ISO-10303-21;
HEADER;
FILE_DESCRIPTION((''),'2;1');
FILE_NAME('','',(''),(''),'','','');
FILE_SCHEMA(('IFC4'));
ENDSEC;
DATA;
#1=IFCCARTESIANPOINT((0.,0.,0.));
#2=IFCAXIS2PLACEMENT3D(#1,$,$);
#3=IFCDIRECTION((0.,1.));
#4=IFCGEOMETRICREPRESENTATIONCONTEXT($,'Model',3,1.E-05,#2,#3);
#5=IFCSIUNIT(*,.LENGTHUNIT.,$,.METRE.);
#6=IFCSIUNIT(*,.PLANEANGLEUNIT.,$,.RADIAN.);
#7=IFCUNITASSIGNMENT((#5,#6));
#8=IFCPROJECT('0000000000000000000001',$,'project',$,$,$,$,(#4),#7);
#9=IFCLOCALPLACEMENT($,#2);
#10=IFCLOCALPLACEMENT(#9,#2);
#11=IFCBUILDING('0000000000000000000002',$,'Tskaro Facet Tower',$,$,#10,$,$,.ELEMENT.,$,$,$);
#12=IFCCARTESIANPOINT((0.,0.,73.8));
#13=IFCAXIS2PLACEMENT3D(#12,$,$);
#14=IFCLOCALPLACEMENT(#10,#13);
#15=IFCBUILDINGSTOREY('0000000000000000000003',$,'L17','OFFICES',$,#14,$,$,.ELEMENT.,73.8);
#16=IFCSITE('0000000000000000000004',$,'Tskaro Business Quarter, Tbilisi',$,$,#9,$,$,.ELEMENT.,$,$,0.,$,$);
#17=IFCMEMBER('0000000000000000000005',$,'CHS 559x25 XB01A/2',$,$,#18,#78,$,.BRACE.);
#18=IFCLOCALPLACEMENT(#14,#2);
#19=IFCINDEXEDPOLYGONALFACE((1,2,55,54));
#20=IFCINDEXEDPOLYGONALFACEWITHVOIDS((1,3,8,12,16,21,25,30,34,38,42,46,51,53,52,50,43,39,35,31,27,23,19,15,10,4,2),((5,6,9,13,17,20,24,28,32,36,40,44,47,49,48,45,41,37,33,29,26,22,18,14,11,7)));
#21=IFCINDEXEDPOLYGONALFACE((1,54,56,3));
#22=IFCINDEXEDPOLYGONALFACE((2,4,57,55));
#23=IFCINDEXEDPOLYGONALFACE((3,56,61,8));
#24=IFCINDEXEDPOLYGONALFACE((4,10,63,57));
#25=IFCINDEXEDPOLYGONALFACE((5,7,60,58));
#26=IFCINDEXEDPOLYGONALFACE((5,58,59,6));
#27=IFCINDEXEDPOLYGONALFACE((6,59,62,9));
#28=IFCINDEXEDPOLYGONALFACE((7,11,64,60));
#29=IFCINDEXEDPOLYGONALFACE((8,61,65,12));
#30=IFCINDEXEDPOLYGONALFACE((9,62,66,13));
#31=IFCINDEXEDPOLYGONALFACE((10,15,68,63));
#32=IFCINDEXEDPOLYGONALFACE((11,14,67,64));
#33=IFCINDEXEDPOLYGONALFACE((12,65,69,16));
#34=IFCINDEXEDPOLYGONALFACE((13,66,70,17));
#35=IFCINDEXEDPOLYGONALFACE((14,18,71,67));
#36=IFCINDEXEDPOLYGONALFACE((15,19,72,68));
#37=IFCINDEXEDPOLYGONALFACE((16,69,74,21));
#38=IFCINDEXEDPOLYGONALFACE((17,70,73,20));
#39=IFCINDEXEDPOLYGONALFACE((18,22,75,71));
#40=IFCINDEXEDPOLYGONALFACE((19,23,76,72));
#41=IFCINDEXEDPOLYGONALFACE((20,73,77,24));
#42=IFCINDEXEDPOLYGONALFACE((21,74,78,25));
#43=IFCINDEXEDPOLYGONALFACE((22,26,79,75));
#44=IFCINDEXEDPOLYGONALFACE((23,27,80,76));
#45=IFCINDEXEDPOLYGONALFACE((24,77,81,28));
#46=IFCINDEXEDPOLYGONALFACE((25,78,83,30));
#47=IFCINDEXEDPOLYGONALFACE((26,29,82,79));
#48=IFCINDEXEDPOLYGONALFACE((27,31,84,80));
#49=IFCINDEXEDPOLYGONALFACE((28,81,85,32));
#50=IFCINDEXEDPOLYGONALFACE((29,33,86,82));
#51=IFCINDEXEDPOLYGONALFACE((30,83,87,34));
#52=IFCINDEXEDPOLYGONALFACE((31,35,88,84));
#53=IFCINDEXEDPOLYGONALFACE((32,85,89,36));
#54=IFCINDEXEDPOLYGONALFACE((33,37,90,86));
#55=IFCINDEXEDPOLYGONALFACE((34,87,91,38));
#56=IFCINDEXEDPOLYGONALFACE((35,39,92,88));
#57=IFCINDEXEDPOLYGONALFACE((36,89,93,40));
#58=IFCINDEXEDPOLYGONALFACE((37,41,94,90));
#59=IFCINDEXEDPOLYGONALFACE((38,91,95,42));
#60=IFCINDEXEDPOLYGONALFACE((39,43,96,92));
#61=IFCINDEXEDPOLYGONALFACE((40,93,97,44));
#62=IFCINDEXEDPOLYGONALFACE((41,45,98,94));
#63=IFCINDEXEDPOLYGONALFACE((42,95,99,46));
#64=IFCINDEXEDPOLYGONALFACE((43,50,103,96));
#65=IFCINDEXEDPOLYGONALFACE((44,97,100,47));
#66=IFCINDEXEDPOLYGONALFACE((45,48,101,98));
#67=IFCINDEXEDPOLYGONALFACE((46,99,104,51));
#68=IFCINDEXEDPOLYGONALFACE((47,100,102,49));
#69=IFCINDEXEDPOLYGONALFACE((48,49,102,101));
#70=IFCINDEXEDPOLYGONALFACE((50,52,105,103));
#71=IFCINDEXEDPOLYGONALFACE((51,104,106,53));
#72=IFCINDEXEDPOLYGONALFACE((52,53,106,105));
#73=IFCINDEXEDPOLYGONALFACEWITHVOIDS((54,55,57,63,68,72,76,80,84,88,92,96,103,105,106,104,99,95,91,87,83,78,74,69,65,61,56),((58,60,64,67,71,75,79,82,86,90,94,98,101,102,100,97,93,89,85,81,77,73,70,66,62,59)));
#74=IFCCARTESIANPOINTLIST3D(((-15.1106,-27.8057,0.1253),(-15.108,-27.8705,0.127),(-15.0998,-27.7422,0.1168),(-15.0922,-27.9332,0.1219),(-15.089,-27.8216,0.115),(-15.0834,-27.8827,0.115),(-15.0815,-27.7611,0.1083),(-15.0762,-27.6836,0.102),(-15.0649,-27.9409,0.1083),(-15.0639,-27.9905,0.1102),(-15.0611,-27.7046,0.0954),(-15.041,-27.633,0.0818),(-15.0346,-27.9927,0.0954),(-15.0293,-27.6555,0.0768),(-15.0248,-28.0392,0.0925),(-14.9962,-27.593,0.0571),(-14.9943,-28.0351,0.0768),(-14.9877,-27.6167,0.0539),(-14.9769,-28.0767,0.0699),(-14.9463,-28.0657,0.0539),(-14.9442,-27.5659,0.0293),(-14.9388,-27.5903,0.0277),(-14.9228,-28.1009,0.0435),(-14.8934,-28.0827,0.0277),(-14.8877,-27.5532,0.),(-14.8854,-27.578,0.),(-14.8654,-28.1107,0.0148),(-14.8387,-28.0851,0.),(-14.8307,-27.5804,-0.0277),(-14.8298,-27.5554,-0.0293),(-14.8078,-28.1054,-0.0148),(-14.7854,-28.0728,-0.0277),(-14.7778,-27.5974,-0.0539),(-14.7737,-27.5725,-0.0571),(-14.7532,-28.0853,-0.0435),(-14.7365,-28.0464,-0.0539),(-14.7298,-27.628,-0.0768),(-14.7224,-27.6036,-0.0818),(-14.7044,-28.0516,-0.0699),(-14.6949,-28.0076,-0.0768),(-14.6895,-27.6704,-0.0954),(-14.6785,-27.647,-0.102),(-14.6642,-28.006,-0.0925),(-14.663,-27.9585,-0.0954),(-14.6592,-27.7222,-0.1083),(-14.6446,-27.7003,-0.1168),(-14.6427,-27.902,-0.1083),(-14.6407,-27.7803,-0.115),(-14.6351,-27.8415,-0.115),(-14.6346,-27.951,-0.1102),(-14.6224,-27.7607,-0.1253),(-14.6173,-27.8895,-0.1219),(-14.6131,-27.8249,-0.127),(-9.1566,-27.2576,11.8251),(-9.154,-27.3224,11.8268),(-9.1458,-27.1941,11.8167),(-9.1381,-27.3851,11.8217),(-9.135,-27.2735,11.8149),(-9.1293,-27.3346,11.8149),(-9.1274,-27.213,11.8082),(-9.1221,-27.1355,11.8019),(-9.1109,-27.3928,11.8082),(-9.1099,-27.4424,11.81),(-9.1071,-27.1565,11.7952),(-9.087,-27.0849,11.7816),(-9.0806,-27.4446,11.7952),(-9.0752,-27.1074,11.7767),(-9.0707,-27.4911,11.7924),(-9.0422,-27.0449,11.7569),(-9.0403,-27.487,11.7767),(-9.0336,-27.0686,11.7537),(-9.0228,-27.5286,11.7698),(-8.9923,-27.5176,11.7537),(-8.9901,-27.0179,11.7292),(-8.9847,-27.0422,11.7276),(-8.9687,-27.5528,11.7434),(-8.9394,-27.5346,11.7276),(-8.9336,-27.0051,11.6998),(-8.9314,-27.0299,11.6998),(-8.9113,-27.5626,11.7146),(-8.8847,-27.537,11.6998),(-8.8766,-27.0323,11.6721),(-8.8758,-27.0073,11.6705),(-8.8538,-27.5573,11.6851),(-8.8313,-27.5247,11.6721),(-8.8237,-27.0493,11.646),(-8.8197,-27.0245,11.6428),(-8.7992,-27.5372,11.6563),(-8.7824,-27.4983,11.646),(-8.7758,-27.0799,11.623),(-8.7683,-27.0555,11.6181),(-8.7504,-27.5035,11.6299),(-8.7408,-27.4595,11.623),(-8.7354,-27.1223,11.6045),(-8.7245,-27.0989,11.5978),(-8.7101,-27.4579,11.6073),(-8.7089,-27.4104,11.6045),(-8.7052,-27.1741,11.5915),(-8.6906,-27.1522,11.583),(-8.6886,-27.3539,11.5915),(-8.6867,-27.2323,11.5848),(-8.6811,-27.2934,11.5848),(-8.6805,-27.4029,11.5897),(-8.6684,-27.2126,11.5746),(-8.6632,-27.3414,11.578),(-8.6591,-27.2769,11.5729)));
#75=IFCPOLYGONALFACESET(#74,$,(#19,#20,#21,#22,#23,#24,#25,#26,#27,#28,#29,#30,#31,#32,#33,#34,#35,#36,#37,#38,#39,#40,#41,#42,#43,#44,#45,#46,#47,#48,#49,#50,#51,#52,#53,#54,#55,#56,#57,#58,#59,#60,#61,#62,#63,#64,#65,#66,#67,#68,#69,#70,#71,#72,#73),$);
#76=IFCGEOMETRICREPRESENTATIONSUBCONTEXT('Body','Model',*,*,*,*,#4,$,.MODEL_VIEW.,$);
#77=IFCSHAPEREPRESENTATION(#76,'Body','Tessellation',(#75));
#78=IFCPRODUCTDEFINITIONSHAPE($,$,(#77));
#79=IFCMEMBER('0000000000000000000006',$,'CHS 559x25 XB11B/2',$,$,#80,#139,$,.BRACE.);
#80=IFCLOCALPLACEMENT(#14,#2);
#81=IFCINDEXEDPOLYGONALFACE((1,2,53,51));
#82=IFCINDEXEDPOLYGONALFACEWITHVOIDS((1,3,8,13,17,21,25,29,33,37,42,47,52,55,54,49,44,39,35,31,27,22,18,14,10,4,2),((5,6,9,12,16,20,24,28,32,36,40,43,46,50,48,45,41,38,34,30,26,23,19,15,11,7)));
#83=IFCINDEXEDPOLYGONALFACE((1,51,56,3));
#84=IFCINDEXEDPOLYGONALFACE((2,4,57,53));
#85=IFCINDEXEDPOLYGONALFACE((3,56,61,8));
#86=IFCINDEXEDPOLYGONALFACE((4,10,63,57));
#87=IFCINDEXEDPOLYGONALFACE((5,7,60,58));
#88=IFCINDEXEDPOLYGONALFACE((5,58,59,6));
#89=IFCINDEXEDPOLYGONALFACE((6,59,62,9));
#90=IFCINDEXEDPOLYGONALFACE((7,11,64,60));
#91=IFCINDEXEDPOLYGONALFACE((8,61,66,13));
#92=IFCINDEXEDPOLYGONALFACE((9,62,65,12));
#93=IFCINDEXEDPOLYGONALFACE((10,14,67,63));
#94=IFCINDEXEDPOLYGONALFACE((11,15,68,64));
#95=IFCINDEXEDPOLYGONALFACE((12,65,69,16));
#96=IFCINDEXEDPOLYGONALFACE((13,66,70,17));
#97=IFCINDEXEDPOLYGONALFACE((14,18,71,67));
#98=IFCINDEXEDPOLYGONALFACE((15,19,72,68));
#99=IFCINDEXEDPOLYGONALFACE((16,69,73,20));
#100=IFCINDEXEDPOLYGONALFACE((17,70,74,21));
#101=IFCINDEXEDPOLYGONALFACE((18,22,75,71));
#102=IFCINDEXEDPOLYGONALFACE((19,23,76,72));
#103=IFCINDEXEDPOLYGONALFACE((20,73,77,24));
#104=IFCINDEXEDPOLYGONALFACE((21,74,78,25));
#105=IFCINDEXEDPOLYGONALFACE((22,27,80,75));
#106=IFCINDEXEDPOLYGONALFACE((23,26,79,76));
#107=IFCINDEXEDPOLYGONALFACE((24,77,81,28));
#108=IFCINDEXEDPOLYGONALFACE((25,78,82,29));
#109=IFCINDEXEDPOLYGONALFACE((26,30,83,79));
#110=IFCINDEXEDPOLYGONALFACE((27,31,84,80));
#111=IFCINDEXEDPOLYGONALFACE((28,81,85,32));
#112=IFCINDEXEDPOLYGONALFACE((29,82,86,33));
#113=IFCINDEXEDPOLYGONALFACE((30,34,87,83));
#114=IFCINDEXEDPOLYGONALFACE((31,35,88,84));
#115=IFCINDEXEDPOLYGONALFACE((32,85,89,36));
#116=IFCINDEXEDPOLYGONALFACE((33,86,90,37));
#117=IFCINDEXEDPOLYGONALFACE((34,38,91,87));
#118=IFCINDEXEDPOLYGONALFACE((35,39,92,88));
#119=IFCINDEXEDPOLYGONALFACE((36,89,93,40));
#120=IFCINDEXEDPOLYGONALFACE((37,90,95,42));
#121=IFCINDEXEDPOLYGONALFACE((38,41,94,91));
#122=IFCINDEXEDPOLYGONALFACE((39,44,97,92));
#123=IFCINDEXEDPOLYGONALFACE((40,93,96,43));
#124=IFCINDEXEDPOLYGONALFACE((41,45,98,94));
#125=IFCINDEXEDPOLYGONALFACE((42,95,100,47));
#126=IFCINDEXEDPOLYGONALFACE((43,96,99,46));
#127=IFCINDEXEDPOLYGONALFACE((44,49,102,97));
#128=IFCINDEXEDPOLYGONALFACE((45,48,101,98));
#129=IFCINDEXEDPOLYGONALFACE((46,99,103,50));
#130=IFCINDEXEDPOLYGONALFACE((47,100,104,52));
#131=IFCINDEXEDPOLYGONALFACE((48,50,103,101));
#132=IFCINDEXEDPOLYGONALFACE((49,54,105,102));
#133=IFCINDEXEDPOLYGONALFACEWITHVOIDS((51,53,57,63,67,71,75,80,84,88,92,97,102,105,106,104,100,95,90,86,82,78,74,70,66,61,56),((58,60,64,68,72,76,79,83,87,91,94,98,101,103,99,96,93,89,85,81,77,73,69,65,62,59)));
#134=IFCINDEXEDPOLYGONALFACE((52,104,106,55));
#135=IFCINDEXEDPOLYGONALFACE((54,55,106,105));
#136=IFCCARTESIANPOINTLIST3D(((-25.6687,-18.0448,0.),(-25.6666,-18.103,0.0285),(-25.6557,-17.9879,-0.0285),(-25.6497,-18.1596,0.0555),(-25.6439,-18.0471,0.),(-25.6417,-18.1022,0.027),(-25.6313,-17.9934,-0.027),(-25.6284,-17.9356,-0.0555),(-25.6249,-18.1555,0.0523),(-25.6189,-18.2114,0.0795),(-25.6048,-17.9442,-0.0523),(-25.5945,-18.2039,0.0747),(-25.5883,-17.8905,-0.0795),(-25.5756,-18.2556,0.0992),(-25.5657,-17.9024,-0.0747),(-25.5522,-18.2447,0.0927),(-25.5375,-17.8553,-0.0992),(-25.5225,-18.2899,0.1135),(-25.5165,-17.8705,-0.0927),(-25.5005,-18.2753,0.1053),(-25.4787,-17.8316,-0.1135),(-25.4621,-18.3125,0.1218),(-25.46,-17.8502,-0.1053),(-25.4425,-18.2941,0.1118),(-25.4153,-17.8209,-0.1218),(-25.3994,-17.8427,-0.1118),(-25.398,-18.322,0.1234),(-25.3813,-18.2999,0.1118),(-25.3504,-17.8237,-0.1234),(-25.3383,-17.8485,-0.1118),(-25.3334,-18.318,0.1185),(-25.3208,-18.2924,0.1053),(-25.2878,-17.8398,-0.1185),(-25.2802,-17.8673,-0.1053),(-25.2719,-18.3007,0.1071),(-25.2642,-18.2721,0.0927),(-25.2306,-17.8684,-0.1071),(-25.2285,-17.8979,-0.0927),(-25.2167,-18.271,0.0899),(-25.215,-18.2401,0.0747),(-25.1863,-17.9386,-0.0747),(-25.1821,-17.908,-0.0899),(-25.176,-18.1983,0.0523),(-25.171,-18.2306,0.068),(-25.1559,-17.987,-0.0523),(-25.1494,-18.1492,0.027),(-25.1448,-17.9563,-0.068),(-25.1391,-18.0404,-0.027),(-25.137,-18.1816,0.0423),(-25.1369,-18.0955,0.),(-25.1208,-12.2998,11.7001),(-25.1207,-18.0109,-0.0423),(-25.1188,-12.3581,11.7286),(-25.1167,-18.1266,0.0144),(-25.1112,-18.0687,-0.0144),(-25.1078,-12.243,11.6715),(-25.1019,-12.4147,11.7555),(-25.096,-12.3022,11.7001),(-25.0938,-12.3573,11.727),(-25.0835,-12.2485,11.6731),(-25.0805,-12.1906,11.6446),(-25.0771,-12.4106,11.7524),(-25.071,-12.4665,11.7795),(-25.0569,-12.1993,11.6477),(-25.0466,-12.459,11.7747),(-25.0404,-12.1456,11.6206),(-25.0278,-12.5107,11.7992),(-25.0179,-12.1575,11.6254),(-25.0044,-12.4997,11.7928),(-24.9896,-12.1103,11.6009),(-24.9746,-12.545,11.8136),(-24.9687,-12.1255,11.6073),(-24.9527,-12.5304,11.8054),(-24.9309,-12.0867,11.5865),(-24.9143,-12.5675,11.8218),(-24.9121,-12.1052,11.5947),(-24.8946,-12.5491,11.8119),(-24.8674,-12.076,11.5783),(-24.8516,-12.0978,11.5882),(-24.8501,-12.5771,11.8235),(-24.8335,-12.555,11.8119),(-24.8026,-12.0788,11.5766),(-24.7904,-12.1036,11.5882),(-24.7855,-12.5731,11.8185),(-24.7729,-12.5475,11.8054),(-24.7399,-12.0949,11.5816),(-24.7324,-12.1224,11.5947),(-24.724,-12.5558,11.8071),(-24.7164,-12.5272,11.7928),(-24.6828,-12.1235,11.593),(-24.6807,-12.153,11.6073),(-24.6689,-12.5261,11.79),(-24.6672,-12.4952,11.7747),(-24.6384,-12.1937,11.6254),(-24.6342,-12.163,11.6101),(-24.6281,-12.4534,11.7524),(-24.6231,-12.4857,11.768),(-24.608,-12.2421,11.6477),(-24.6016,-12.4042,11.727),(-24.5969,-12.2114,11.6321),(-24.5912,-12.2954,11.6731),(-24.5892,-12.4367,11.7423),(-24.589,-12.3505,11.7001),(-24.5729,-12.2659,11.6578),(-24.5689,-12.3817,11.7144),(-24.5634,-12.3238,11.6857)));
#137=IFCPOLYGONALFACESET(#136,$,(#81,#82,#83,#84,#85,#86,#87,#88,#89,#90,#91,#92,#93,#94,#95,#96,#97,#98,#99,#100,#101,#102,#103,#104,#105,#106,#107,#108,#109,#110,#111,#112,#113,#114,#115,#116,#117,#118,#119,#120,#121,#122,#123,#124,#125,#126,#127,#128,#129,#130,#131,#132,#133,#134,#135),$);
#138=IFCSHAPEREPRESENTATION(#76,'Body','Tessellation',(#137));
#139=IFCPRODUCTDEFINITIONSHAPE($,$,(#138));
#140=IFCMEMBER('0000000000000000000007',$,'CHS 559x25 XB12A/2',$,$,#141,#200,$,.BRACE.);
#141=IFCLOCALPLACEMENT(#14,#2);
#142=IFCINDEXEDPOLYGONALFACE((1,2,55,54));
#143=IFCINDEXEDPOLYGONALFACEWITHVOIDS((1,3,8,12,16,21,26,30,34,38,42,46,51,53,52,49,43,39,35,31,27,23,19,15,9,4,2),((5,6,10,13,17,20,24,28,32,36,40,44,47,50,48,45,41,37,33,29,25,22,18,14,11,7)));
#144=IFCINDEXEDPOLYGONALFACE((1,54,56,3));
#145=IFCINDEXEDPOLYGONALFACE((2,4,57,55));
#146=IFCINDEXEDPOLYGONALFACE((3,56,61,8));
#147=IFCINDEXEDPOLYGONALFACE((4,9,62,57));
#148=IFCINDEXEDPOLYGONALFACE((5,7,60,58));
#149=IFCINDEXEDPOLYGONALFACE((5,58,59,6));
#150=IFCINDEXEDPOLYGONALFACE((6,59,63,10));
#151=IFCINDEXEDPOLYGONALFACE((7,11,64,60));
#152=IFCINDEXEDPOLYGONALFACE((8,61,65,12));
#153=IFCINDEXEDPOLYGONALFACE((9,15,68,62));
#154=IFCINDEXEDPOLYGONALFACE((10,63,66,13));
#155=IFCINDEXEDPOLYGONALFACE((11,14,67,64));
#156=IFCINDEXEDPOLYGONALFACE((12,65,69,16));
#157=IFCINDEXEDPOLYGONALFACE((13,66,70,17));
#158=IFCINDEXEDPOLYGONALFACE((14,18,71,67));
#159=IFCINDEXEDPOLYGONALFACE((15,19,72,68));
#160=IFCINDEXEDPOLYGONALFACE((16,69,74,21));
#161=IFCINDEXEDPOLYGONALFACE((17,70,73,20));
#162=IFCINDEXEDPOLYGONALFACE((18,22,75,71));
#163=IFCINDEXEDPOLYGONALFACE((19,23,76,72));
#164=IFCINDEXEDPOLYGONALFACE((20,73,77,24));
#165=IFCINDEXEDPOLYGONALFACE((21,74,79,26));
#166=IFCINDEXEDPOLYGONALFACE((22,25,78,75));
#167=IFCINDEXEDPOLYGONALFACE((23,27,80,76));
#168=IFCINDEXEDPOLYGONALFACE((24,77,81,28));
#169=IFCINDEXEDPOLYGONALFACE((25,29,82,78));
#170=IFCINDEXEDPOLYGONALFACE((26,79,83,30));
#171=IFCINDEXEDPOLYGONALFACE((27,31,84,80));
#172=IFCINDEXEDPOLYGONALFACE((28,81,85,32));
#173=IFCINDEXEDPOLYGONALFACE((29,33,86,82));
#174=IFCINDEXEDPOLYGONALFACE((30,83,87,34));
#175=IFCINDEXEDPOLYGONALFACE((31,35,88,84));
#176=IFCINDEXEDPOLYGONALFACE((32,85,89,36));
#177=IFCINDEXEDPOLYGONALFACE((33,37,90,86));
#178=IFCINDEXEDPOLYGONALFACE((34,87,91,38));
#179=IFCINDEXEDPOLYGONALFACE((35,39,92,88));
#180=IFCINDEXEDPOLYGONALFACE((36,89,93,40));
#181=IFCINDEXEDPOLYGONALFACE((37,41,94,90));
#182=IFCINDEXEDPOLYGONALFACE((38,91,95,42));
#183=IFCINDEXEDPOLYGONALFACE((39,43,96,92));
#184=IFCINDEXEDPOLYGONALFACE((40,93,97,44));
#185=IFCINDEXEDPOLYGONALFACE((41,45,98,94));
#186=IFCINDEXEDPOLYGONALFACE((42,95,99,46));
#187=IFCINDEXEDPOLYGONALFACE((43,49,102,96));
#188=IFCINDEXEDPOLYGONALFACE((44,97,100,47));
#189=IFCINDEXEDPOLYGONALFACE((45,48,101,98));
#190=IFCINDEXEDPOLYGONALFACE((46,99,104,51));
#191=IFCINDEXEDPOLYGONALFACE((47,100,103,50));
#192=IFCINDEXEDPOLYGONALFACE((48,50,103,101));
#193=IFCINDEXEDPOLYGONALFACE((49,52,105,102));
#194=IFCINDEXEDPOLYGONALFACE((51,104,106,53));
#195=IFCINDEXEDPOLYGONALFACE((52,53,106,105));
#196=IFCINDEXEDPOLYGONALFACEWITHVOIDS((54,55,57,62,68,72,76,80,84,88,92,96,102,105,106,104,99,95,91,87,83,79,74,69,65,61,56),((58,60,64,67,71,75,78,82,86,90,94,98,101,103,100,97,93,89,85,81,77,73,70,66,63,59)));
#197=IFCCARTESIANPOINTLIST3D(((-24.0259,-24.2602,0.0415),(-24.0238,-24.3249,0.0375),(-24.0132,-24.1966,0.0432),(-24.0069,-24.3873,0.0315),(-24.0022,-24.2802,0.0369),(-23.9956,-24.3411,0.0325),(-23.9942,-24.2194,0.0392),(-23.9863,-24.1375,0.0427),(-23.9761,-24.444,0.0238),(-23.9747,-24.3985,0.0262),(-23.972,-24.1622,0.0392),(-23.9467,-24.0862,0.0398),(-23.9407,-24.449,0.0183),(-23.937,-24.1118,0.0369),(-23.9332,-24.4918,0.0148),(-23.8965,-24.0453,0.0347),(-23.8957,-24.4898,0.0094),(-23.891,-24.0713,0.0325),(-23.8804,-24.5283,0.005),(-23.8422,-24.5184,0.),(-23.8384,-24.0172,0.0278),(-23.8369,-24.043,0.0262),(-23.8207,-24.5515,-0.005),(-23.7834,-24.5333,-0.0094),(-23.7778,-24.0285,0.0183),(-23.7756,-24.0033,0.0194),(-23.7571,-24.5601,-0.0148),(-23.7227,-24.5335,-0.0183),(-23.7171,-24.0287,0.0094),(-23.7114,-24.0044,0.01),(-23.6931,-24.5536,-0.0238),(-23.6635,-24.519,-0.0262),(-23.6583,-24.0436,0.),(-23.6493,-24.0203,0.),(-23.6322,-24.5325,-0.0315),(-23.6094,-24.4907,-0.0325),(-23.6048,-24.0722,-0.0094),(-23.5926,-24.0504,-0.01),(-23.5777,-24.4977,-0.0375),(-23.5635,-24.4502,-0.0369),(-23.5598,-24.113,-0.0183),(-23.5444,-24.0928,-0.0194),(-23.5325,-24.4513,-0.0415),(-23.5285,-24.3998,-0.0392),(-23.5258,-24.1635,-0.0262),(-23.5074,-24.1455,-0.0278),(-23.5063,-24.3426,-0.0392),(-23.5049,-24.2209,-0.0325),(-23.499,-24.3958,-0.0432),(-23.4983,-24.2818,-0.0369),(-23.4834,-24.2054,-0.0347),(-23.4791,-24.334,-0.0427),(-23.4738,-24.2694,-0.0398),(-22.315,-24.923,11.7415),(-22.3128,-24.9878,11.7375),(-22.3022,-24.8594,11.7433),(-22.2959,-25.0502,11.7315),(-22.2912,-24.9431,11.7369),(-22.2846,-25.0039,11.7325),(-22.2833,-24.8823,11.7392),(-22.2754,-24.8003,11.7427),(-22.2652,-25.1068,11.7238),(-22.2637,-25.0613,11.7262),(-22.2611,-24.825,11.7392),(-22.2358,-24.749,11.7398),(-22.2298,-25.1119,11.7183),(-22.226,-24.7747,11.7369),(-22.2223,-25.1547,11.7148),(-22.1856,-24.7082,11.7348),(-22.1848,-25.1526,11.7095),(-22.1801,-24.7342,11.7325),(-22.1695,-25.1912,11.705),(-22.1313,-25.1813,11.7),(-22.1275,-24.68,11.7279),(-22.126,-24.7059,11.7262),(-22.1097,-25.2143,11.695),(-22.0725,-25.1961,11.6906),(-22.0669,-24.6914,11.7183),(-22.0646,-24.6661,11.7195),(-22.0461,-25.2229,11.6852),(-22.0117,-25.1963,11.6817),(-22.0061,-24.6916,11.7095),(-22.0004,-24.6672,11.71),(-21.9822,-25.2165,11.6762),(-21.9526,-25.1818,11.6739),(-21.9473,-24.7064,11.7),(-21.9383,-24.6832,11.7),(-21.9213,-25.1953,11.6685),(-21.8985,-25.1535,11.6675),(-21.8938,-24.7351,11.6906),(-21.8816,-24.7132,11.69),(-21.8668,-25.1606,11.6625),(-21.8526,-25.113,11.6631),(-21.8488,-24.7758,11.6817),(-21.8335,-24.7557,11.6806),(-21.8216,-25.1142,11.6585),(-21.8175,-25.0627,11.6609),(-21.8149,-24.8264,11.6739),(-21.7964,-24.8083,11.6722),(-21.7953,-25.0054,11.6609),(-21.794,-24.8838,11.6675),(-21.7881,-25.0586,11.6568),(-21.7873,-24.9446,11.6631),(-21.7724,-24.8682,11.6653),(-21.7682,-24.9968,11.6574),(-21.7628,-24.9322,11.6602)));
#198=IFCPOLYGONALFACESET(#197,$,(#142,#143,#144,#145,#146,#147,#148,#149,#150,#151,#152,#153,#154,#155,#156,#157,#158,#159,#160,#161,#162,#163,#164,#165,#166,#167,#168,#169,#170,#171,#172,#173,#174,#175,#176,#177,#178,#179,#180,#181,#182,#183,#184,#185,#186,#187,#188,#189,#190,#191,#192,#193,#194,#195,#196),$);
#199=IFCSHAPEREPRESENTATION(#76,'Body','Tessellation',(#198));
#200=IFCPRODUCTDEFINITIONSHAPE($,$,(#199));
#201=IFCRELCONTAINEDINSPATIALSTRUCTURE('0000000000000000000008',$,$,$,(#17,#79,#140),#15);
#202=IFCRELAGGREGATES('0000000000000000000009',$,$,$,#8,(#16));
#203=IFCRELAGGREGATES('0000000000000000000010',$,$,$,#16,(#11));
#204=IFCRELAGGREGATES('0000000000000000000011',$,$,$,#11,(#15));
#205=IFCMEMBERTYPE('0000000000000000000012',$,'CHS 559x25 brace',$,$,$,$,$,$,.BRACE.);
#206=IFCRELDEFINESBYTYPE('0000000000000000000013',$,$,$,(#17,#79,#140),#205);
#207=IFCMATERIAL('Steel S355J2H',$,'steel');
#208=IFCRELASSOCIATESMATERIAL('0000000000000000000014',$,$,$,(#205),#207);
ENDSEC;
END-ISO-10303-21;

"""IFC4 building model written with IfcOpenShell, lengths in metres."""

from ifc_helpers import new_model, si_unit, direction, frame, origin, origin_2d, place, context, subcontext, project, spatial, hollow_circle, extrude, material, material_profile, profile_set, type_object, element, save


model = new_model("IFC4")

# Units and contexts
model_context = context("Model", 3, precision=1e-05, world=origin(), true_north=direction((0.0, 1.0)))
body_context = subcontext(model_context, "Body", "Model", "MODEL_VIEW")
ifc_project = project(units=[si_unit("LENGTHUNIT", "METRE"), si_unit("PLANEANGLEUNIT", "RADIAN")], contexts=[model_context])

# Site, building, storey
site_placement = place(None, origin())
site = spatial("IfcSite", under=ifc_project, at=site_placement, Name="Tskaro Business Quarter, Tbilisi", CompositionType="ELEMENT", RefElevation=0.0)
building_placement = place(site_placement, origin())
building = spatial("IfcBuilding", under=site, at=building_placement, Name="Tskaro Facet Tower", CompositionType="ELEMENT")
storey_placement = place(building_placement, frame((0.0, 0.0, 73.8)))
storey = spatial("IfcBuildingStorey", under=building, at=storey_placement, Name="L17", Description="OFFICES", CompositionType="ELEMENT", Elevation=73.8)

# Shared definitions
ifc_material_1 = material(Name="Steel S355J2H", Category="steel")

# Members
ifc_material_profile_1 = material_profile(ifc_material_1, hollow_circle(Radius=0.2795, WallThickness=0.0249, at=origin_2d()), Name="CHS 559x25")
ifc_profile_set_1 = profile_set([ifc_material_profile_1], Name="Steel S355J2H")
member_type_1 = type_object("IfcMemberType", Name="CHS 559x25 brace", PredefinedType="BRACE", material=ifc_profile_set_1)
member_1_placement = place(storey_placement, frame((-14.8621, -27.8315, 0.0), z_axis=(0.453153, 0.041714, 0.890456), x_axis=(-0.091666, 0.99579, 0.0)))
element("IfcMember", 1, at=member_1_placement, inside=storey, type_object=member_type_1, Name="CHS 559x25 XB01A/2", PredefinedType="BRACE", context=body_context, shape_type="SweptSolid", body=[
    extrude(hollow_circle(Radius=0.2795, WallThickness=0.0249, at=origin_2d()), origin(), (0.0, 0.0, 1.0), 13.1392),
])
member_2_placement = place(storey_placement, frame((-25.3904, -18.0713, 0.0), z_axis=(0.041995, 0.440362, 0.896837), x_axis=(-0.995484, 0.094933, 0.0)))
element("IfcMember", 2, at=member_2_placement, inside=storey, type_object=member_type_1, Name="CHS 559x25 XB11B/2", PredefinedType="BRACE", context=body_context, shape_type="SweptSolid", body=[
    extrude(hollow_circle(Radius=0.2795, WallThickness=0.0249, at=origin_2d()), origin(), (0.0, 0.0, 1.0), 13.0459),
])
for number, where, z_axis, x_axis, name in (
    (3, (-23.7502, -24.281, 0.0), (0.144469, -0.055969, 0.987925), (0.361252, 0.932468, 0.0), "CHS 559x25 XB12A/2"),
):
    element("IfcMember", number, at=place(storey_placement, frame(where, z_axis=z_axis, x_axis=x_axis)), inside=storey, type_object=member_type_1, Name=name, PredefinedType="BRACE", context=body_context, shape_type="SweptSolid", body=[
        extrude(hollow_circle(Radius=0.2795, WallThickness=0.0249, at=origin_2d()), origin(), (0.0, 0.0, 1.0), 11.843),
    ])

save(model, "model.ifc")
